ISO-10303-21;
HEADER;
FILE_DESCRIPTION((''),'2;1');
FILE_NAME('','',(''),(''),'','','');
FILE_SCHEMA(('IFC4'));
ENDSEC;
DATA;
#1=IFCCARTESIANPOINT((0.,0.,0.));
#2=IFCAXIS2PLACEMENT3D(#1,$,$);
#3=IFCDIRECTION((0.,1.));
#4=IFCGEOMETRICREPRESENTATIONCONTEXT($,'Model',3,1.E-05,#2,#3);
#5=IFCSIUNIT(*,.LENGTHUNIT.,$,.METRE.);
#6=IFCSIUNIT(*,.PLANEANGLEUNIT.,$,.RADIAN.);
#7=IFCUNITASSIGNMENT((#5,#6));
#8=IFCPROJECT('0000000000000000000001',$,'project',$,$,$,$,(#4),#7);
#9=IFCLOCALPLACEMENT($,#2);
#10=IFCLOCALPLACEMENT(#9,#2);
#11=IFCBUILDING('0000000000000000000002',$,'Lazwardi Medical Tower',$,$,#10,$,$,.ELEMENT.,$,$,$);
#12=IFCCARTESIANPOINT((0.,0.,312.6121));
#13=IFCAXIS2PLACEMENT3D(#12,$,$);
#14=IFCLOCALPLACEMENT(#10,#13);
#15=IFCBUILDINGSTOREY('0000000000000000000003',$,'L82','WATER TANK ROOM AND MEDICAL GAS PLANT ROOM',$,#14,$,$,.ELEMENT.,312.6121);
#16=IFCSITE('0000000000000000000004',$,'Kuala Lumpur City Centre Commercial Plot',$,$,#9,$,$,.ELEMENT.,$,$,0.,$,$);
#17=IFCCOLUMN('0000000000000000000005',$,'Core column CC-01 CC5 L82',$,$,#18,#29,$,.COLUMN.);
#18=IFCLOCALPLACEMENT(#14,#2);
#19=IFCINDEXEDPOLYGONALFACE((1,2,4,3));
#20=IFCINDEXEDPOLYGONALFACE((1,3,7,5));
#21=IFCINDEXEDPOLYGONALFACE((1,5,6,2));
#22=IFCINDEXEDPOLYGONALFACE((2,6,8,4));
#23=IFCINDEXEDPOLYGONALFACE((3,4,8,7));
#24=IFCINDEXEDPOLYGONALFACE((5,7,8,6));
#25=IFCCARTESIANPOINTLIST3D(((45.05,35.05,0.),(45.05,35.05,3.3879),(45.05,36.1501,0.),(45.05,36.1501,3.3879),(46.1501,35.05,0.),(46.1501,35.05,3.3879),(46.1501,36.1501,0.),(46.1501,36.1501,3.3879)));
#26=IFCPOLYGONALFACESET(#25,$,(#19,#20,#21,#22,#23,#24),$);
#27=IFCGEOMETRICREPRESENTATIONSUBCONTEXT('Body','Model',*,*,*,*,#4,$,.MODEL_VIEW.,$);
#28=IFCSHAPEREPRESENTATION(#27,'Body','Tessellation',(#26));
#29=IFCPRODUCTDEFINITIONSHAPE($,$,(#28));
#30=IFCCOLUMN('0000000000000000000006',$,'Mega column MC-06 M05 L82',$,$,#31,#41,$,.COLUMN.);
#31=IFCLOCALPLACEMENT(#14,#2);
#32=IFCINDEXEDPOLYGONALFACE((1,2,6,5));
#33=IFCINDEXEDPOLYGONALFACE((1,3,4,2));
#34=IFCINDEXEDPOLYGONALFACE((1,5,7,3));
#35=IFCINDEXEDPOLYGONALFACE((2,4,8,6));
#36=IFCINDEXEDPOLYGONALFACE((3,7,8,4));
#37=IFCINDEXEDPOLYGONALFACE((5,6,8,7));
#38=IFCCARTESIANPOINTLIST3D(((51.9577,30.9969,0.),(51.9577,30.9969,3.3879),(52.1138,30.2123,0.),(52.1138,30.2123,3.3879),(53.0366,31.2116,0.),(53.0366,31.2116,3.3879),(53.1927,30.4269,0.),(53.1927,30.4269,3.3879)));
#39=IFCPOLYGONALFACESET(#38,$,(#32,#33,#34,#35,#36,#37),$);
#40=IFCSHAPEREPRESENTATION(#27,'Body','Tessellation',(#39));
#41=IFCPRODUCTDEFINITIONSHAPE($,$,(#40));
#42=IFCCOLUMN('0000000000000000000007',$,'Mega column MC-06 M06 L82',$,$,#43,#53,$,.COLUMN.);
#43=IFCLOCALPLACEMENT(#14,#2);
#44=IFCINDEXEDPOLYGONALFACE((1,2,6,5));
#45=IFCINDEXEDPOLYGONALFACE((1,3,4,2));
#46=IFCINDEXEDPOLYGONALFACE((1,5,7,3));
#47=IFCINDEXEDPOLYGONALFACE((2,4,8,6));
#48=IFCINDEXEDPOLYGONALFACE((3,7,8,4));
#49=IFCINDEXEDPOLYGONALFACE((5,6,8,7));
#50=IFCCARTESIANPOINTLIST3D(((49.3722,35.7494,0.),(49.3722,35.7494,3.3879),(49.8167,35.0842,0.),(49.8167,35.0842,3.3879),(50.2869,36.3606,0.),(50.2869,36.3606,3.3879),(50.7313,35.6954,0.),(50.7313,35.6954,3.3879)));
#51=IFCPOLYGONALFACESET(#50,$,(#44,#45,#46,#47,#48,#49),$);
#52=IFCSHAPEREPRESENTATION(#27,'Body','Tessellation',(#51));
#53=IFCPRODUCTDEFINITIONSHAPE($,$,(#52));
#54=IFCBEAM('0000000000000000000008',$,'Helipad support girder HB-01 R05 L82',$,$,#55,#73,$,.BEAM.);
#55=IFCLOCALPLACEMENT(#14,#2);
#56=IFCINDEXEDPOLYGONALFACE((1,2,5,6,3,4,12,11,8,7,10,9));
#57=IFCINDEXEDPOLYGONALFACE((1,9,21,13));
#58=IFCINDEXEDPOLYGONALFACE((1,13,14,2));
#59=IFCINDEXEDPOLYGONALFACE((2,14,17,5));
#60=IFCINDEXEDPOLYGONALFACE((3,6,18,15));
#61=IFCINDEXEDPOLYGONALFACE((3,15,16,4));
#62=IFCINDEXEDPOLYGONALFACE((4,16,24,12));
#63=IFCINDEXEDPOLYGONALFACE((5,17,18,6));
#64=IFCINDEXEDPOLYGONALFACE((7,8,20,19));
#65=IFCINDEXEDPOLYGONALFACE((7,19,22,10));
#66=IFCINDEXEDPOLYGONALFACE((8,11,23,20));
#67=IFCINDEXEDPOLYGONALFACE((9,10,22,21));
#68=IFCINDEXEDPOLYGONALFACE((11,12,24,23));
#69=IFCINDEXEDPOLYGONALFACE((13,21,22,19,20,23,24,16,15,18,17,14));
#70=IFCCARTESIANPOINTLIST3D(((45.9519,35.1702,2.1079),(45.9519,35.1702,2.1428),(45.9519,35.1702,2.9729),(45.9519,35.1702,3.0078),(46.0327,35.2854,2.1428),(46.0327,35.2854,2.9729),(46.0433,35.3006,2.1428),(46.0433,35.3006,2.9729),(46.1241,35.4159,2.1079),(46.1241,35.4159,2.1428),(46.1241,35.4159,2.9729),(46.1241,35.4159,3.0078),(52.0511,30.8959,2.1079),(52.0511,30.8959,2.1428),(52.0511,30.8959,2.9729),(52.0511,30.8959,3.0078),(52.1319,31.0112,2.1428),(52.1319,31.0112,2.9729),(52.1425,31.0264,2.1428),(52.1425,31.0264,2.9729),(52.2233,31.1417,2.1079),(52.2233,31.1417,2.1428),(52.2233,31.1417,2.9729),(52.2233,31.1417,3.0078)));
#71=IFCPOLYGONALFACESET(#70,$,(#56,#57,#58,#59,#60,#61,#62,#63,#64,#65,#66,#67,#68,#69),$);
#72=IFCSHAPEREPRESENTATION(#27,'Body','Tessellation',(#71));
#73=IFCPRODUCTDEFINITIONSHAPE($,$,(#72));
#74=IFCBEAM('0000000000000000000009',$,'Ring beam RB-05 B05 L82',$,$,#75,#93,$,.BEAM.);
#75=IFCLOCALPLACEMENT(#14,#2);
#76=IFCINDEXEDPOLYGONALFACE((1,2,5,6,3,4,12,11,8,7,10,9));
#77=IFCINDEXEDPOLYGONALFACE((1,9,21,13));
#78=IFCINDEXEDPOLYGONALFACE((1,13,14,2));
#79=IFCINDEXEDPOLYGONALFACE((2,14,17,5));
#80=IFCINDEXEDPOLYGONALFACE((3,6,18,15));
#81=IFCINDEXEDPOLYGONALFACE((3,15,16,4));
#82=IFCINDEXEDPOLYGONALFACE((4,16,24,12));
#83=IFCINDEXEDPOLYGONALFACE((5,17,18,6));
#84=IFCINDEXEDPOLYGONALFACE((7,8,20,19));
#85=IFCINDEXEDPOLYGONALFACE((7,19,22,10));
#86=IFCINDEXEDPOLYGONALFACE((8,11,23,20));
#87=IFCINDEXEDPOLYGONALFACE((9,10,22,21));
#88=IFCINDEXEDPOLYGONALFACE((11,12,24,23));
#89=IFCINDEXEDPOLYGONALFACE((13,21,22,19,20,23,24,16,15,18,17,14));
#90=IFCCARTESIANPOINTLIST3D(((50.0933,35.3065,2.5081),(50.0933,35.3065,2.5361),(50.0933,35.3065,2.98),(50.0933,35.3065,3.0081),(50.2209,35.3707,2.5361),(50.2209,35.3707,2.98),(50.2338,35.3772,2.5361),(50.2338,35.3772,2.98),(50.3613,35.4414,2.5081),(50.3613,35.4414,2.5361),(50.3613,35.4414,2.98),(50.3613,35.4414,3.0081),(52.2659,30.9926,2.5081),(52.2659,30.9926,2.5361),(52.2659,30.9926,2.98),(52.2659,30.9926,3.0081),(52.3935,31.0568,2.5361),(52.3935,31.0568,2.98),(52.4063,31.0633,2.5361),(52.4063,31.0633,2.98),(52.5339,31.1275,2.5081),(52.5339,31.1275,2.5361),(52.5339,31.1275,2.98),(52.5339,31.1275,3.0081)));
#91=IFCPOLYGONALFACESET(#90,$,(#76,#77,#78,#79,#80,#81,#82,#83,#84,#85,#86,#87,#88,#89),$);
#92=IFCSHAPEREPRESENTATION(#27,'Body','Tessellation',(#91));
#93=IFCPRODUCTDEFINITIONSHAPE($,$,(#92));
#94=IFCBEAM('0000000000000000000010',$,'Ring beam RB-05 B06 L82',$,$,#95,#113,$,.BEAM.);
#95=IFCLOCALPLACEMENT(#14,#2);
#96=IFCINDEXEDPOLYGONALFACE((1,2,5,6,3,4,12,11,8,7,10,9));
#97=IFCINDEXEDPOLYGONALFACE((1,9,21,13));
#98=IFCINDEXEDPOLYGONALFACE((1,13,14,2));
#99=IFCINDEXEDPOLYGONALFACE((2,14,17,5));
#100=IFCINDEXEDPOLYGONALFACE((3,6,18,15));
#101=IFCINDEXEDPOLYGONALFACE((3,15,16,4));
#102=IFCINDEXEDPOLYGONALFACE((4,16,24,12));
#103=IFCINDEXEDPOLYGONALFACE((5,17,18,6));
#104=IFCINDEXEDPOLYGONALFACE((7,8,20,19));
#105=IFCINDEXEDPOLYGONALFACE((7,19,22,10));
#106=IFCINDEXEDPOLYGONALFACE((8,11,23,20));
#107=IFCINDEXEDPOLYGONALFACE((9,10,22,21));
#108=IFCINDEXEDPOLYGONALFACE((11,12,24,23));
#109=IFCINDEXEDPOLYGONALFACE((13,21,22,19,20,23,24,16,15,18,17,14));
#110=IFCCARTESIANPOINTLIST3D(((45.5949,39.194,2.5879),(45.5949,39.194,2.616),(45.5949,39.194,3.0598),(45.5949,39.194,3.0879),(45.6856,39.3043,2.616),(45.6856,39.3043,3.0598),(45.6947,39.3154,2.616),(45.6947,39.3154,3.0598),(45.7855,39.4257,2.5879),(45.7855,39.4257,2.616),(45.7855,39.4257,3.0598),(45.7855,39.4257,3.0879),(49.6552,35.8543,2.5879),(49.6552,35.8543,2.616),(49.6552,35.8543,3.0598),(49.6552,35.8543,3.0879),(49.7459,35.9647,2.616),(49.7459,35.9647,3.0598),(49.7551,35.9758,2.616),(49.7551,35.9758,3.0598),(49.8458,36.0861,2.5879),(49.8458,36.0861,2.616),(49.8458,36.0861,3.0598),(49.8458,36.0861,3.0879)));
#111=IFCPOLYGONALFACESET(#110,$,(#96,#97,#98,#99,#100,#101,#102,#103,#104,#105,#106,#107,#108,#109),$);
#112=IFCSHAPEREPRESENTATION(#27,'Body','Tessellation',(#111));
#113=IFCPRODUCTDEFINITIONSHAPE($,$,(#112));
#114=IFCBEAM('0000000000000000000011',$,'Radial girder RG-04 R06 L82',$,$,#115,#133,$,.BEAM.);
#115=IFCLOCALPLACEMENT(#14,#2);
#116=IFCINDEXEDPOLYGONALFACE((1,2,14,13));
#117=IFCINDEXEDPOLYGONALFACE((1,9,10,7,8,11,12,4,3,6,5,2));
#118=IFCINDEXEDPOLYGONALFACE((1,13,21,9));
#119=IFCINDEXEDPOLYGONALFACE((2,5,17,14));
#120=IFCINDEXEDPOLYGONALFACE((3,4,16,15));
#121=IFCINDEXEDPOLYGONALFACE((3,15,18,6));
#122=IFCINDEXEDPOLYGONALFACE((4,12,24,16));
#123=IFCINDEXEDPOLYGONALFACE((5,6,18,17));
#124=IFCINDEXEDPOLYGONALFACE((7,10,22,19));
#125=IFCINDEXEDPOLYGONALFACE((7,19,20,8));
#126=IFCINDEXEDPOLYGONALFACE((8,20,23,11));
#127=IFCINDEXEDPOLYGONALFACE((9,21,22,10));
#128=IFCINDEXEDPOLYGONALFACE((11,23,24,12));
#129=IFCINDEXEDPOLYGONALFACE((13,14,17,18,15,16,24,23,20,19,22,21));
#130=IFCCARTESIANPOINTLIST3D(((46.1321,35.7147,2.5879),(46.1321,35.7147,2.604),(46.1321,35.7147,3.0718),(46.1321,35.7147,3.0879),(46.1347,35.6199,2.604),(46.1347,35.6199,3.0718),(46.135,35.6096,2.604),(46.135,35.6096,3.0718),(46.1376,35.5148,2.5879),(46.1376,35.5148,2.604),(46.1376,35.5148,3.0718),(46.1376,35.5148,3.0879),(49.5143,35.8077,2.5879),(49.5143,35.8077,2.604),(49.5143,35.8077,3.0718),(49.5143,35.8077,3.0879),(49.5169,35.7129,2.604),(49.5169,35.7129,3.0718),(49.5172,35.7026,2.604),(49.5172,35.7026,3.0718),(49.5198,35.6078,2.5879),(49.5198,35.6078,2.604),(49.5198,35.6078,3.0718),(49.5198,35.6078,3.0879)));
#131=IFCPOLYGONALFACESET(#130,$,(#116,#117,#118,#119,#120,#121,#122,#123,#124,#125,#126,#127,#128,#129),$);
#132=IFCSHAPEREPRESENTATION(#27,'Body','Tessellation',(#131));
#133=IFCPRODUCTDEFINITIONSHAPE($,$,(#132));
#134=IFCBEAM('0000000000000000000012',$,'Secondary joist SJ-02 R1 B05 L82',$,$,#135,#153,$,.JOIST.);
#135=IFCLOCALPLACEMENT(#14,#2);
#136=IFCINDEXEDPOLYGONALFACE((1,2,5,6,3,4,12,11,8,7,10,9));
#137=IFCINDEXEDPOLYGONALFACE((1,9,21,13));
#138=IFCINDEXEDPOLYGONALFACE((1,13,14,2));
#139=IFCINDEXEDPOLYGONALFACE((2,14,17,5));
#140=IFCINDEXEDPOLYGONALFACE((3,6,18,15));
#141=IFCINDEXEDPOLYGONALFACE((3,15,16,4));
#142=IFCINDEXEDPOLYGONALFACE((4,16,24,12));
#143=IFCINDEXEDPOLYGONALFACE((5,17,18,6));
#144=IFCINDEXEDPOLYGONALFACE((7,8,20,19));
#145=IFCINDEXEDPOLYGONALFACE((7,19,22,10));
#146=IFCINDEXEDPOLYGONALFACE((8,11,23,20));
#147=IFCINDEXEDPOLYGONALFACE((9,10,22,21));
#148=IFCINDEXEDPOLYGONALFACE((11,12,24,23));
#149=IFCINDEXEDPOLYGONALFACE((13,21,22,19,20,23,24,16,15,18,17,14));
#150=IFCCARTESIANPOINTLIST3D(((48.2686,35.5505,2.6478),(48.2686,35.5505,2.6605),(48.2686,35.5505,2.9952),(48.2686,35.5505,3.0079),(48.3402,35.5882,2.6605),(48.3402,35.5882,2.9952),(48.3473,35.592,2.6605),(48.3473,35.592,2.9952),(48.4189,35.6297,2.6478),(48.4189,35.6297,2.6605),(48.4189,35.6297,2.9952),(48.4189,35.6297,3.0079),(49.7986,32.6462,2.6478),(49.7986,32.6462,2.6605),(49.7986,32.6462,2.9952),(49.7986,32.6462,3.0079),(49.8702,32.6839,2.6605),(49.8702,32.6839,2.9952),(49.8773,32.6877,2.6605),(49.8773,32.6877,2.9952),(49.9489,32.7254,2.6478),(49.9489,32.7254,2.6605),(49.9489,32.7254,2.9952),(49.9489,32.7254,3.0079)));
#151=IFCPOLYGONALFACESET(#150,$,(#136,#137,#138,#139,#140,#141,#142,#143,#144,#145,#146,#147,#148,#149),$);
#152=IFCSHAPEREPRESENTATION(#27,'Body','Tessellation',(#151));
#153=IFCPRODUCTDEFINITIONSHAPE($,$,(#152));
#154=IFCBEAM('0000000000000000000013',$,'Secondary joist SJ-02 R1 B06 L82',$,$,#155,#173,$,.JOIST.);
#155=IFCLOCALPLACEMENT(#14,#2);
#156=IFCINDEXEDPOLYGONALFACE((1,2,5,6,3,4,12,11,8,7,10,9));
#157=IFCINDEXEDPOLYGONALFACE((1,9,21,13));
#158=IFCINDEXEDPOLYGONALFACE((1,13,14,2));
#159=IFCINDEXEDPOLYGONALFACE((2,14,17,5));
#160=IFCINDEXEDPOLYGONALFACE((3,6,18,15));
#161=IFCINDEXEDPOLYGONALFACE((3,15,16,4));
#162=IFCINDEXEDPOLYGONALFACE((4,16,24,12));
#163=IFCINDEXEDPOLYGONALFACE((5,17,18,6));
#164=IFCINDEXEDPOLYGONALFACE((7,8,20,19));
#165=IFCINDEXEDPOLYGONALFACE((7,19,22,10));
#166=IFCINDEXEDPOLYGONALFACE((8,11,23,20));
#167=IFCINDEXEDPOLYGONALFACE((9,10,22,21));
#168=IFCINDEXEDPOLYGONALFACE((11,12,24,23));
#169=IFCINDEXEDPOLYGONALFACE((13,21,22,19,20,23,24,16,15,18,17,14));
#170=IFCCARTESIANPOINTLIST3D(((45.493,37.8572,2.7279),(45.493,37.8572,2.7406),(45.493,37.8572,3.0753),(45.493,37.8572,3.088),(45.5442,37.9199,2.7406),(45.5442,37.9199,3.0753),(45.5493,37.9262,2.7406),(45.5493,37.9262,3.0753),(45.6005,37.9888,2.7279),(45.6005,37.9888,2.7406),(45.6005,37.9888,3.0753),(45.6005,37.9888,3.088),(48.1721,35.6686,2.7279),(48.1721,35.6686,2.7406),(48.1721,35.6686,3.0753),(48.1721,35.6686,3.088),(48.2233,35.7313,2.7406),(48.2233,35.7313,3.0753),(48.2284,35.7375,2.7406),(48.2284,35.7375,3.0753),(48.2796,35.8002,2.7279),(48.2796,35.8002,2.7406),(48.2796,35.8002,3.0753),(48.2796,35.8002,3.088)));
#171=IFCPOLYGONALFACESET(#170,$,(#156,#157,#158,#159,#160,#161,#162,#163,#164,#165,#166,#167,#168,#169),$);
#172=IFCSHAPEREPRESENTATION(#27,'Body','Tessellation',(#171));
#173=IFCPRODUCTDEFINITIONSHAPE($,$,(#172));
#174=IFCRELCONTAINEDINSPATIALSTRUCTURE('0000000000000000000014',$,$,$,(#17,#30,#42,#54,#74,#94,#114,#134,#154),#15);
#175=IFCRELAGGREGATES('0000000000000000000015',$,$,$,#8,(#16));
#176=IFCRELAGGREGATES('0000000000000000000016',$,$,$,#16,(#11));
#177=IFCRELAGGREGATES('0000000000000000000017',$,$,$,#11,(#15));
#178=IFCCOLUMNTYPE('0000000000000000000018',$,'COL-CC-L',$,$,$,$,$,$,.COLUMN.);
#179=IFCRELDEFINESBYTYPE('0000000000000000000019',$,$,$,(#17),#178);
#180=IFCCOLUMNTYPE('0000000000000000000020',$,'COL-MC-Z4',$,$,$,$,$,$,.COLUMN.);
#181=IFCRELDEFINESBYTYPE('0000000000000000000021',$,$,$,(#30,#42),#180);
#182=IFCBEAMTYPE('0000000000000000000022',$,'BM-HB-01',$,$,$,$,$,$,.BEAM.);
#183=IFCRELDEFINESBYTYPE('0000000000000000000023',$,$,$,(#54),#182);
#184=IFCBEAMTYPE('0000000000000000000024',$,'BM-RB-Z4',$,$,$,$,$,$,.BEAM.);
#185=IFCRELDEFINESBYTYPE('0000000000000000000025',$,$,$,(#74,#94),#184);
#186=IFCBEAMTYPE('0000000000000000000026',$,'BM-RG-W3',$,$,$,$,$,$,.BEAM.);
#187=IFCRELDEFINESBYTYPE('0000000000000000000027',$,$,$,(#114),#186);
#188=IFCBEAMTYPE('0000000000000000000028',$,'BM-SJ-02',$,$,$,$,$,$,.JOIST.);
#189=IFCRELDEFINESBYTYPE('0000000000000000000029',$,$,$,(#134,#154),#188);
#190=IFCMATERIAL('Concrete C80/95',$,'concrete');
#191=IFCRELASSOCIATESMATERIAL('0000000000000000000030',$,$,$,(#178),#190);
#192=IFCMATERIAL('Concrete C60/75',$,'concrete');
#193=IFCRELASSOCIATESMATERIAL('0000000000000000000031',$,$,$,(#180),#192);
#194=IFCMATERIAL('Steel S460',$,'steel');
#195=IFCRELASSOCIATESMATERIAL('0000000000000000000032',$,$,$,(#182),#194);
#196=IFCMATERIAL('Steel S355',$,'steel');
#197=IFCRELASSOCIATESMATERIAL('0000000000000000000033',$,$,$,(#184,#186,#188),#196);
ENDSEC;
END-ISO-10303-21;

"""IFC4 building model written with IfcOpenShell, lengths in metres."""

from ifc_helpers import new_model, si_unit, direction, frame, origin, origin_2d, place, context, subcontext, project, spatial, rectangle, i_section, extrude, material, material_profile, profile_set, type_object, element, save


model = new_model("IFC4")

# Units and contexts
model_context = context("Model", 3, precision=1e-05, world=origin(), true_north=direction((0.0, 1.0)))
body_context = subcontext(model_context, "Body", "Model", "MODEL_VIEW")
ifc_project = project(units=[si_unit("LENGTHUNIT", "METRE"), si_unit("PLANEANGLEUNIT", "RADIAN")], contexts=[model_context])

# Site, building, storey
site_placement = place(None, origin())
site = spatial("IfcSite", under=ifc_project, at=site_placement, Name="Kuala Lumpur City Centre Commercial Plot", CompositionType="ELEMENT", RefElevation=0.0)
building_placement = place(site_placement, origin())
building = spatial("IfcBuilding", under=site, at=building_placement, Name="Lazwardi Medical Tower", CompositionType="ELEMENT")
storey_placement = place(building_placement, frame((0.0, 0.0, 312.6121)))
storey = spatial("IfcBuildingStorey", under=building, at=storey_placement, Name="L82", Description="WATER TANK ROOM AND MEDICAL GAS PLANT ROOM", CompositionType="ELEMENT", Elevation=312.6121)

# Columns
ifc_material_1 = material(Name="Concrete C80/95", Category="concrete")
ifc_material_profile_1 = material_profile(ifc_material_1, rectangle(XDim=1.1001, YDim=1.1001, at=origin_2d()), Name="RC 1100x1100")
ifc_profile_set_1 = profile_set([ifc_material_profile_1], Name="Concrete C80/95")
column_type_1 = type_object("IfcColumnType", Name="COL-CC-L", PredefinedType="COLUMN", material=ifc_profile_set_1)
column_placement = place(storey_placement, frame((45.6001, 35.6001, 0.0), z_axis=(0.0, 0.0, 1.0), x_axis=(1.0, 0.0, 0.0)))
element("IfcColumn", 1, at=column_placement, inside=storey, type_object=column_type_1, Name="Core column CC-01 CC5 L82", PredefinedType="COLUMN", context=body_context, shape_type="SweptSolid", body=[
    extrude(rectangle(XDim=1.1001, YDim=1.1001, at=origin_2d()), origin(), (0.0, 0.0, 1.0), 3.3879),
])
ifc_material_2 = material(Name="Concrete C60/75", Category="concrete")
ifc_material_profile_2 = material_profile(ifc_material_2, rectangle(XDim=1.1001, YDim=0.8, at=origin_2d()), Name="CFT-RECT 1100x800")
ifc_profile_set_2 = profile_set([ifc_material_profile_2], Name="Concrete C60/75")
column_type_2 = type_object("IfcColumnType", Name="COL-MC-Z4", PredefinedType="COLUMN", material=ifc_profile_set_2)
for number, where, z_axis, x_axis, name in (
    (2, (52.5752, 30.7119, 0.0), (0.0, 0.0, 1.0), (0.980785, 0.19509, 0.0), "Mega column MC-06 M05 L82"),
    (3, (50.0518, 35.7224, 0.0), (0.0, 0.0, 1.0), (0.83147, 0.55557, 0.0), "Mega column MC-06 M06 L82"),
):
    element("IfcColumn", number, at=place(storey_placement, frame(where, z_axis=z_axis, x_axis=x_axis)), inside=storey, type_object=column_type_2, Name=name, PredefinedType="COLUMN", context=body_context, shape_type="SweptSolid", body=[
        extrude(rectangle(XDim=1.1001, YDim=0.8, at=origin_2d()), origin(), (0.0, 0.0, 1.0), 3.3879),
    ])

# Beams
ifc_material_3 = material(Name="Steel S460", Category="steel")
ifc_material_profile_3 = material_profile(ifc_material_3, i_section(OverallWidth=0.3, OverallDepth=0.8999, WebThickness=0.0186, FlangeThickness=0.0349, at=origin_2d()), Name="HEB 900")
ifc_profile_set_3 = profile_set([ifc_material_profile_3], Name="Steel S460")
beam_type_1 = type_object("IfcBeamType", Name="BM-HB-01", PredefinedType="BEAM", material=ifc_profile_set_3)
beam_1_placement = place(storey_placement, frame((52.1372, 31.0188, 2.5579), z_axis=(-0.81893, 0.573893, 0.0), x_axis=(-0.573893, -0.81893, 0.0)))
element("IfcBeam", 4, at=beam_1_placement, inside=storey, type_object=beam_type_1, Name="Helipad support girder HB-01 R05 L82", PredefinedType="BEAM", context=body_context, shape_type="SweptSolid", body=[
    extrude(i_section(OverallWidth=0.3, OverallDepth=0.8999, WebThickness=0.0186, FlangeThickness=0.0349, at=origin_2d()), origin(), (0.0, 0.0, 1.0), 7.4478),
])
ifc_material_4 = material(Name="Steel S355", Category="steel")
ifc_material_profile_4 = material_profile(ifc_material_4, i_section(OverallWidth=0.3, OverallDepth=0.5, WebThickness=0.0144, FlangeThickness=0.0281, at=origin_2d()), Name="HEB 500")
ifc_profile_set_4 = profile_set([ifc_material_profile_4], Name="Steel S355")
beam_type_2 = type_object("IfcBeamType", Name="BM-RB-Z4", PredefinedType="BEAM", material=ifc_profile_set_4)
beam_2_placement = place(storey_placement, frame((52.3999, 31.0601, 2.7581), z_axis=(-0.4498, 0.893129, 0.0), x_axis=(-0.893129, -0.4498, 0.0)))
element("IfcBeam", 5, at=beam_2_placement, inside=storey, type_object=beam_type_2, Name="Ring beam RB-05 B05 L82", PredefinedType="BEAM", context=body_context, shape_type="SweptSolid", body=[
    extrude(i_section(OverallWidth=0.3, OverallDepth=0.5, WebThickness=0.0144, FlangeThickness=0.0281, at=origin_2d()), origin(), (0.0, 0.0, 1.0), 4.8301),
])
beam_3_placement = place(storey_placement, frame((49.7505, 35.9702, 2.8379), z_axis=(-0.77232, 0.635233, 0.0), x_axis=(-0.635233, -0.77232, 0.0)))
element("IfcBeam", 6, at=beam_3_placement, inside=storey, type_object=beam_type_2, Name="Ring beam RB-05 B06 L82", PredefinedType="BEAM", context=body_context, shape_type="SweptSolid", body=[
    extrude(i_section(OverallWidth=0.3, OverallDepth=0.5, WebThickness=0.0144, FlangeThickness=0.0281, at=origin_2d()), origin(), (0.0, 0.0, 1.0), 5.2573),
])
ifc_material_profile_5 = material_profile(ifc_material_4, i_section(OverallWidth=0.2, OverallDepth=0.5, WebThickness=0.0103, FlangeThickness=0.0161, at=origin_2d()), Name="IPE 500")
ifc_profile_set_5 = profile_set([ifc_material_profile_5], Name="Steel S355")
beam_type_3 = type_object("IfcBeamType", Name="BM-RG-W3", PredefinedType="BEAM", material=ifc_profile_set_5)
beam_4_placement = place(storey_placement, frame((49.5171, 35.7078, 2.8379), z_axis=(-0.999622, -0.027491, 0.0), x_axis=(0.027491, -0.999622, 0.0)))
element("IfcBeam", 7, at=beam_4_placement, inside=storey, type_object=beam_type_3, Name="Radial girder RG-04 R06 L82", PredefinedType="BEAM", context=body_context, shape_type="SweptSolid", body=[
    extrude(i_section(OverallWidth=0.2, OverallDepth=0.5, WebThickness=0.0103, FlangeThickness=0.0161, at=origin_2d()), origin(), (0.0, 0.0, 1.0), 3.3835),
])
ifc_material_profile_6 = material_profile(ifc_material_4, i_section(OverallWidth=0.1699, OverallDepth=0.3601, WebThickness=0.0081, FlangeThickness=0.0127, at=origin_2d()), Name="IPE 360")
ifc_profile_set_6 = profile_set([ifc_material_profile_6], Name="Steel S355")
beam_type_4 = type_object("IfcBeamType", Name="BM-SJ-02", PredefinedType="JOIST", material=ifc_profile_set_6)
beam_5_placement = place(storey_placement, frame((49.8738, 32.6858, 2.8279), z_axis=(-0.466093, 0.884736, 0.0), x_axis=(-0.884736, -0.466093, 0.0)))
element("IfcBeam", 8, at=beam_5_placement, inside=storey, type_object=beam_type_4, Name="Secondary joist SJ-02 R1 B05 L82", PredefinedType="JOIST", context=body_context, shape_type="SweptSolid", body=[
    extrude(i_section(OverallWidth=0.1699, OverallDepth=0.3601, WebThickness=0.0081, FlangeThickness=0.0127, at=origin_2d()), origin(), (0.0, 0.0, 1.0), 3.2827),
])
beam_6_placement = place(storey_placement, frame((48.2258, 35.7344, 2.908), z_axis=(-0.774432, 0.632657, 0.0), x_axis=(-0.632657, -0.774432, 0.0)))
element("IfcBeam", 9, at=beam_6_placement, inside=storey, type_object=beam_type_4, Name="Secondary joist SJ-02 R1 B06 L82", PredefinedType="JOIST", context=body_context, shape_type="SweptSolid", body=[
    extrude(i_section(OverallWidth=0.1699, OverallDepth=0.3601, WebThickness=0.0081, FlangeThickness=0.0127, at=origin_2d()), origin(), (0.0, 0.0, 1.0), 3.4595),
])

save(model, "model.ifc")
